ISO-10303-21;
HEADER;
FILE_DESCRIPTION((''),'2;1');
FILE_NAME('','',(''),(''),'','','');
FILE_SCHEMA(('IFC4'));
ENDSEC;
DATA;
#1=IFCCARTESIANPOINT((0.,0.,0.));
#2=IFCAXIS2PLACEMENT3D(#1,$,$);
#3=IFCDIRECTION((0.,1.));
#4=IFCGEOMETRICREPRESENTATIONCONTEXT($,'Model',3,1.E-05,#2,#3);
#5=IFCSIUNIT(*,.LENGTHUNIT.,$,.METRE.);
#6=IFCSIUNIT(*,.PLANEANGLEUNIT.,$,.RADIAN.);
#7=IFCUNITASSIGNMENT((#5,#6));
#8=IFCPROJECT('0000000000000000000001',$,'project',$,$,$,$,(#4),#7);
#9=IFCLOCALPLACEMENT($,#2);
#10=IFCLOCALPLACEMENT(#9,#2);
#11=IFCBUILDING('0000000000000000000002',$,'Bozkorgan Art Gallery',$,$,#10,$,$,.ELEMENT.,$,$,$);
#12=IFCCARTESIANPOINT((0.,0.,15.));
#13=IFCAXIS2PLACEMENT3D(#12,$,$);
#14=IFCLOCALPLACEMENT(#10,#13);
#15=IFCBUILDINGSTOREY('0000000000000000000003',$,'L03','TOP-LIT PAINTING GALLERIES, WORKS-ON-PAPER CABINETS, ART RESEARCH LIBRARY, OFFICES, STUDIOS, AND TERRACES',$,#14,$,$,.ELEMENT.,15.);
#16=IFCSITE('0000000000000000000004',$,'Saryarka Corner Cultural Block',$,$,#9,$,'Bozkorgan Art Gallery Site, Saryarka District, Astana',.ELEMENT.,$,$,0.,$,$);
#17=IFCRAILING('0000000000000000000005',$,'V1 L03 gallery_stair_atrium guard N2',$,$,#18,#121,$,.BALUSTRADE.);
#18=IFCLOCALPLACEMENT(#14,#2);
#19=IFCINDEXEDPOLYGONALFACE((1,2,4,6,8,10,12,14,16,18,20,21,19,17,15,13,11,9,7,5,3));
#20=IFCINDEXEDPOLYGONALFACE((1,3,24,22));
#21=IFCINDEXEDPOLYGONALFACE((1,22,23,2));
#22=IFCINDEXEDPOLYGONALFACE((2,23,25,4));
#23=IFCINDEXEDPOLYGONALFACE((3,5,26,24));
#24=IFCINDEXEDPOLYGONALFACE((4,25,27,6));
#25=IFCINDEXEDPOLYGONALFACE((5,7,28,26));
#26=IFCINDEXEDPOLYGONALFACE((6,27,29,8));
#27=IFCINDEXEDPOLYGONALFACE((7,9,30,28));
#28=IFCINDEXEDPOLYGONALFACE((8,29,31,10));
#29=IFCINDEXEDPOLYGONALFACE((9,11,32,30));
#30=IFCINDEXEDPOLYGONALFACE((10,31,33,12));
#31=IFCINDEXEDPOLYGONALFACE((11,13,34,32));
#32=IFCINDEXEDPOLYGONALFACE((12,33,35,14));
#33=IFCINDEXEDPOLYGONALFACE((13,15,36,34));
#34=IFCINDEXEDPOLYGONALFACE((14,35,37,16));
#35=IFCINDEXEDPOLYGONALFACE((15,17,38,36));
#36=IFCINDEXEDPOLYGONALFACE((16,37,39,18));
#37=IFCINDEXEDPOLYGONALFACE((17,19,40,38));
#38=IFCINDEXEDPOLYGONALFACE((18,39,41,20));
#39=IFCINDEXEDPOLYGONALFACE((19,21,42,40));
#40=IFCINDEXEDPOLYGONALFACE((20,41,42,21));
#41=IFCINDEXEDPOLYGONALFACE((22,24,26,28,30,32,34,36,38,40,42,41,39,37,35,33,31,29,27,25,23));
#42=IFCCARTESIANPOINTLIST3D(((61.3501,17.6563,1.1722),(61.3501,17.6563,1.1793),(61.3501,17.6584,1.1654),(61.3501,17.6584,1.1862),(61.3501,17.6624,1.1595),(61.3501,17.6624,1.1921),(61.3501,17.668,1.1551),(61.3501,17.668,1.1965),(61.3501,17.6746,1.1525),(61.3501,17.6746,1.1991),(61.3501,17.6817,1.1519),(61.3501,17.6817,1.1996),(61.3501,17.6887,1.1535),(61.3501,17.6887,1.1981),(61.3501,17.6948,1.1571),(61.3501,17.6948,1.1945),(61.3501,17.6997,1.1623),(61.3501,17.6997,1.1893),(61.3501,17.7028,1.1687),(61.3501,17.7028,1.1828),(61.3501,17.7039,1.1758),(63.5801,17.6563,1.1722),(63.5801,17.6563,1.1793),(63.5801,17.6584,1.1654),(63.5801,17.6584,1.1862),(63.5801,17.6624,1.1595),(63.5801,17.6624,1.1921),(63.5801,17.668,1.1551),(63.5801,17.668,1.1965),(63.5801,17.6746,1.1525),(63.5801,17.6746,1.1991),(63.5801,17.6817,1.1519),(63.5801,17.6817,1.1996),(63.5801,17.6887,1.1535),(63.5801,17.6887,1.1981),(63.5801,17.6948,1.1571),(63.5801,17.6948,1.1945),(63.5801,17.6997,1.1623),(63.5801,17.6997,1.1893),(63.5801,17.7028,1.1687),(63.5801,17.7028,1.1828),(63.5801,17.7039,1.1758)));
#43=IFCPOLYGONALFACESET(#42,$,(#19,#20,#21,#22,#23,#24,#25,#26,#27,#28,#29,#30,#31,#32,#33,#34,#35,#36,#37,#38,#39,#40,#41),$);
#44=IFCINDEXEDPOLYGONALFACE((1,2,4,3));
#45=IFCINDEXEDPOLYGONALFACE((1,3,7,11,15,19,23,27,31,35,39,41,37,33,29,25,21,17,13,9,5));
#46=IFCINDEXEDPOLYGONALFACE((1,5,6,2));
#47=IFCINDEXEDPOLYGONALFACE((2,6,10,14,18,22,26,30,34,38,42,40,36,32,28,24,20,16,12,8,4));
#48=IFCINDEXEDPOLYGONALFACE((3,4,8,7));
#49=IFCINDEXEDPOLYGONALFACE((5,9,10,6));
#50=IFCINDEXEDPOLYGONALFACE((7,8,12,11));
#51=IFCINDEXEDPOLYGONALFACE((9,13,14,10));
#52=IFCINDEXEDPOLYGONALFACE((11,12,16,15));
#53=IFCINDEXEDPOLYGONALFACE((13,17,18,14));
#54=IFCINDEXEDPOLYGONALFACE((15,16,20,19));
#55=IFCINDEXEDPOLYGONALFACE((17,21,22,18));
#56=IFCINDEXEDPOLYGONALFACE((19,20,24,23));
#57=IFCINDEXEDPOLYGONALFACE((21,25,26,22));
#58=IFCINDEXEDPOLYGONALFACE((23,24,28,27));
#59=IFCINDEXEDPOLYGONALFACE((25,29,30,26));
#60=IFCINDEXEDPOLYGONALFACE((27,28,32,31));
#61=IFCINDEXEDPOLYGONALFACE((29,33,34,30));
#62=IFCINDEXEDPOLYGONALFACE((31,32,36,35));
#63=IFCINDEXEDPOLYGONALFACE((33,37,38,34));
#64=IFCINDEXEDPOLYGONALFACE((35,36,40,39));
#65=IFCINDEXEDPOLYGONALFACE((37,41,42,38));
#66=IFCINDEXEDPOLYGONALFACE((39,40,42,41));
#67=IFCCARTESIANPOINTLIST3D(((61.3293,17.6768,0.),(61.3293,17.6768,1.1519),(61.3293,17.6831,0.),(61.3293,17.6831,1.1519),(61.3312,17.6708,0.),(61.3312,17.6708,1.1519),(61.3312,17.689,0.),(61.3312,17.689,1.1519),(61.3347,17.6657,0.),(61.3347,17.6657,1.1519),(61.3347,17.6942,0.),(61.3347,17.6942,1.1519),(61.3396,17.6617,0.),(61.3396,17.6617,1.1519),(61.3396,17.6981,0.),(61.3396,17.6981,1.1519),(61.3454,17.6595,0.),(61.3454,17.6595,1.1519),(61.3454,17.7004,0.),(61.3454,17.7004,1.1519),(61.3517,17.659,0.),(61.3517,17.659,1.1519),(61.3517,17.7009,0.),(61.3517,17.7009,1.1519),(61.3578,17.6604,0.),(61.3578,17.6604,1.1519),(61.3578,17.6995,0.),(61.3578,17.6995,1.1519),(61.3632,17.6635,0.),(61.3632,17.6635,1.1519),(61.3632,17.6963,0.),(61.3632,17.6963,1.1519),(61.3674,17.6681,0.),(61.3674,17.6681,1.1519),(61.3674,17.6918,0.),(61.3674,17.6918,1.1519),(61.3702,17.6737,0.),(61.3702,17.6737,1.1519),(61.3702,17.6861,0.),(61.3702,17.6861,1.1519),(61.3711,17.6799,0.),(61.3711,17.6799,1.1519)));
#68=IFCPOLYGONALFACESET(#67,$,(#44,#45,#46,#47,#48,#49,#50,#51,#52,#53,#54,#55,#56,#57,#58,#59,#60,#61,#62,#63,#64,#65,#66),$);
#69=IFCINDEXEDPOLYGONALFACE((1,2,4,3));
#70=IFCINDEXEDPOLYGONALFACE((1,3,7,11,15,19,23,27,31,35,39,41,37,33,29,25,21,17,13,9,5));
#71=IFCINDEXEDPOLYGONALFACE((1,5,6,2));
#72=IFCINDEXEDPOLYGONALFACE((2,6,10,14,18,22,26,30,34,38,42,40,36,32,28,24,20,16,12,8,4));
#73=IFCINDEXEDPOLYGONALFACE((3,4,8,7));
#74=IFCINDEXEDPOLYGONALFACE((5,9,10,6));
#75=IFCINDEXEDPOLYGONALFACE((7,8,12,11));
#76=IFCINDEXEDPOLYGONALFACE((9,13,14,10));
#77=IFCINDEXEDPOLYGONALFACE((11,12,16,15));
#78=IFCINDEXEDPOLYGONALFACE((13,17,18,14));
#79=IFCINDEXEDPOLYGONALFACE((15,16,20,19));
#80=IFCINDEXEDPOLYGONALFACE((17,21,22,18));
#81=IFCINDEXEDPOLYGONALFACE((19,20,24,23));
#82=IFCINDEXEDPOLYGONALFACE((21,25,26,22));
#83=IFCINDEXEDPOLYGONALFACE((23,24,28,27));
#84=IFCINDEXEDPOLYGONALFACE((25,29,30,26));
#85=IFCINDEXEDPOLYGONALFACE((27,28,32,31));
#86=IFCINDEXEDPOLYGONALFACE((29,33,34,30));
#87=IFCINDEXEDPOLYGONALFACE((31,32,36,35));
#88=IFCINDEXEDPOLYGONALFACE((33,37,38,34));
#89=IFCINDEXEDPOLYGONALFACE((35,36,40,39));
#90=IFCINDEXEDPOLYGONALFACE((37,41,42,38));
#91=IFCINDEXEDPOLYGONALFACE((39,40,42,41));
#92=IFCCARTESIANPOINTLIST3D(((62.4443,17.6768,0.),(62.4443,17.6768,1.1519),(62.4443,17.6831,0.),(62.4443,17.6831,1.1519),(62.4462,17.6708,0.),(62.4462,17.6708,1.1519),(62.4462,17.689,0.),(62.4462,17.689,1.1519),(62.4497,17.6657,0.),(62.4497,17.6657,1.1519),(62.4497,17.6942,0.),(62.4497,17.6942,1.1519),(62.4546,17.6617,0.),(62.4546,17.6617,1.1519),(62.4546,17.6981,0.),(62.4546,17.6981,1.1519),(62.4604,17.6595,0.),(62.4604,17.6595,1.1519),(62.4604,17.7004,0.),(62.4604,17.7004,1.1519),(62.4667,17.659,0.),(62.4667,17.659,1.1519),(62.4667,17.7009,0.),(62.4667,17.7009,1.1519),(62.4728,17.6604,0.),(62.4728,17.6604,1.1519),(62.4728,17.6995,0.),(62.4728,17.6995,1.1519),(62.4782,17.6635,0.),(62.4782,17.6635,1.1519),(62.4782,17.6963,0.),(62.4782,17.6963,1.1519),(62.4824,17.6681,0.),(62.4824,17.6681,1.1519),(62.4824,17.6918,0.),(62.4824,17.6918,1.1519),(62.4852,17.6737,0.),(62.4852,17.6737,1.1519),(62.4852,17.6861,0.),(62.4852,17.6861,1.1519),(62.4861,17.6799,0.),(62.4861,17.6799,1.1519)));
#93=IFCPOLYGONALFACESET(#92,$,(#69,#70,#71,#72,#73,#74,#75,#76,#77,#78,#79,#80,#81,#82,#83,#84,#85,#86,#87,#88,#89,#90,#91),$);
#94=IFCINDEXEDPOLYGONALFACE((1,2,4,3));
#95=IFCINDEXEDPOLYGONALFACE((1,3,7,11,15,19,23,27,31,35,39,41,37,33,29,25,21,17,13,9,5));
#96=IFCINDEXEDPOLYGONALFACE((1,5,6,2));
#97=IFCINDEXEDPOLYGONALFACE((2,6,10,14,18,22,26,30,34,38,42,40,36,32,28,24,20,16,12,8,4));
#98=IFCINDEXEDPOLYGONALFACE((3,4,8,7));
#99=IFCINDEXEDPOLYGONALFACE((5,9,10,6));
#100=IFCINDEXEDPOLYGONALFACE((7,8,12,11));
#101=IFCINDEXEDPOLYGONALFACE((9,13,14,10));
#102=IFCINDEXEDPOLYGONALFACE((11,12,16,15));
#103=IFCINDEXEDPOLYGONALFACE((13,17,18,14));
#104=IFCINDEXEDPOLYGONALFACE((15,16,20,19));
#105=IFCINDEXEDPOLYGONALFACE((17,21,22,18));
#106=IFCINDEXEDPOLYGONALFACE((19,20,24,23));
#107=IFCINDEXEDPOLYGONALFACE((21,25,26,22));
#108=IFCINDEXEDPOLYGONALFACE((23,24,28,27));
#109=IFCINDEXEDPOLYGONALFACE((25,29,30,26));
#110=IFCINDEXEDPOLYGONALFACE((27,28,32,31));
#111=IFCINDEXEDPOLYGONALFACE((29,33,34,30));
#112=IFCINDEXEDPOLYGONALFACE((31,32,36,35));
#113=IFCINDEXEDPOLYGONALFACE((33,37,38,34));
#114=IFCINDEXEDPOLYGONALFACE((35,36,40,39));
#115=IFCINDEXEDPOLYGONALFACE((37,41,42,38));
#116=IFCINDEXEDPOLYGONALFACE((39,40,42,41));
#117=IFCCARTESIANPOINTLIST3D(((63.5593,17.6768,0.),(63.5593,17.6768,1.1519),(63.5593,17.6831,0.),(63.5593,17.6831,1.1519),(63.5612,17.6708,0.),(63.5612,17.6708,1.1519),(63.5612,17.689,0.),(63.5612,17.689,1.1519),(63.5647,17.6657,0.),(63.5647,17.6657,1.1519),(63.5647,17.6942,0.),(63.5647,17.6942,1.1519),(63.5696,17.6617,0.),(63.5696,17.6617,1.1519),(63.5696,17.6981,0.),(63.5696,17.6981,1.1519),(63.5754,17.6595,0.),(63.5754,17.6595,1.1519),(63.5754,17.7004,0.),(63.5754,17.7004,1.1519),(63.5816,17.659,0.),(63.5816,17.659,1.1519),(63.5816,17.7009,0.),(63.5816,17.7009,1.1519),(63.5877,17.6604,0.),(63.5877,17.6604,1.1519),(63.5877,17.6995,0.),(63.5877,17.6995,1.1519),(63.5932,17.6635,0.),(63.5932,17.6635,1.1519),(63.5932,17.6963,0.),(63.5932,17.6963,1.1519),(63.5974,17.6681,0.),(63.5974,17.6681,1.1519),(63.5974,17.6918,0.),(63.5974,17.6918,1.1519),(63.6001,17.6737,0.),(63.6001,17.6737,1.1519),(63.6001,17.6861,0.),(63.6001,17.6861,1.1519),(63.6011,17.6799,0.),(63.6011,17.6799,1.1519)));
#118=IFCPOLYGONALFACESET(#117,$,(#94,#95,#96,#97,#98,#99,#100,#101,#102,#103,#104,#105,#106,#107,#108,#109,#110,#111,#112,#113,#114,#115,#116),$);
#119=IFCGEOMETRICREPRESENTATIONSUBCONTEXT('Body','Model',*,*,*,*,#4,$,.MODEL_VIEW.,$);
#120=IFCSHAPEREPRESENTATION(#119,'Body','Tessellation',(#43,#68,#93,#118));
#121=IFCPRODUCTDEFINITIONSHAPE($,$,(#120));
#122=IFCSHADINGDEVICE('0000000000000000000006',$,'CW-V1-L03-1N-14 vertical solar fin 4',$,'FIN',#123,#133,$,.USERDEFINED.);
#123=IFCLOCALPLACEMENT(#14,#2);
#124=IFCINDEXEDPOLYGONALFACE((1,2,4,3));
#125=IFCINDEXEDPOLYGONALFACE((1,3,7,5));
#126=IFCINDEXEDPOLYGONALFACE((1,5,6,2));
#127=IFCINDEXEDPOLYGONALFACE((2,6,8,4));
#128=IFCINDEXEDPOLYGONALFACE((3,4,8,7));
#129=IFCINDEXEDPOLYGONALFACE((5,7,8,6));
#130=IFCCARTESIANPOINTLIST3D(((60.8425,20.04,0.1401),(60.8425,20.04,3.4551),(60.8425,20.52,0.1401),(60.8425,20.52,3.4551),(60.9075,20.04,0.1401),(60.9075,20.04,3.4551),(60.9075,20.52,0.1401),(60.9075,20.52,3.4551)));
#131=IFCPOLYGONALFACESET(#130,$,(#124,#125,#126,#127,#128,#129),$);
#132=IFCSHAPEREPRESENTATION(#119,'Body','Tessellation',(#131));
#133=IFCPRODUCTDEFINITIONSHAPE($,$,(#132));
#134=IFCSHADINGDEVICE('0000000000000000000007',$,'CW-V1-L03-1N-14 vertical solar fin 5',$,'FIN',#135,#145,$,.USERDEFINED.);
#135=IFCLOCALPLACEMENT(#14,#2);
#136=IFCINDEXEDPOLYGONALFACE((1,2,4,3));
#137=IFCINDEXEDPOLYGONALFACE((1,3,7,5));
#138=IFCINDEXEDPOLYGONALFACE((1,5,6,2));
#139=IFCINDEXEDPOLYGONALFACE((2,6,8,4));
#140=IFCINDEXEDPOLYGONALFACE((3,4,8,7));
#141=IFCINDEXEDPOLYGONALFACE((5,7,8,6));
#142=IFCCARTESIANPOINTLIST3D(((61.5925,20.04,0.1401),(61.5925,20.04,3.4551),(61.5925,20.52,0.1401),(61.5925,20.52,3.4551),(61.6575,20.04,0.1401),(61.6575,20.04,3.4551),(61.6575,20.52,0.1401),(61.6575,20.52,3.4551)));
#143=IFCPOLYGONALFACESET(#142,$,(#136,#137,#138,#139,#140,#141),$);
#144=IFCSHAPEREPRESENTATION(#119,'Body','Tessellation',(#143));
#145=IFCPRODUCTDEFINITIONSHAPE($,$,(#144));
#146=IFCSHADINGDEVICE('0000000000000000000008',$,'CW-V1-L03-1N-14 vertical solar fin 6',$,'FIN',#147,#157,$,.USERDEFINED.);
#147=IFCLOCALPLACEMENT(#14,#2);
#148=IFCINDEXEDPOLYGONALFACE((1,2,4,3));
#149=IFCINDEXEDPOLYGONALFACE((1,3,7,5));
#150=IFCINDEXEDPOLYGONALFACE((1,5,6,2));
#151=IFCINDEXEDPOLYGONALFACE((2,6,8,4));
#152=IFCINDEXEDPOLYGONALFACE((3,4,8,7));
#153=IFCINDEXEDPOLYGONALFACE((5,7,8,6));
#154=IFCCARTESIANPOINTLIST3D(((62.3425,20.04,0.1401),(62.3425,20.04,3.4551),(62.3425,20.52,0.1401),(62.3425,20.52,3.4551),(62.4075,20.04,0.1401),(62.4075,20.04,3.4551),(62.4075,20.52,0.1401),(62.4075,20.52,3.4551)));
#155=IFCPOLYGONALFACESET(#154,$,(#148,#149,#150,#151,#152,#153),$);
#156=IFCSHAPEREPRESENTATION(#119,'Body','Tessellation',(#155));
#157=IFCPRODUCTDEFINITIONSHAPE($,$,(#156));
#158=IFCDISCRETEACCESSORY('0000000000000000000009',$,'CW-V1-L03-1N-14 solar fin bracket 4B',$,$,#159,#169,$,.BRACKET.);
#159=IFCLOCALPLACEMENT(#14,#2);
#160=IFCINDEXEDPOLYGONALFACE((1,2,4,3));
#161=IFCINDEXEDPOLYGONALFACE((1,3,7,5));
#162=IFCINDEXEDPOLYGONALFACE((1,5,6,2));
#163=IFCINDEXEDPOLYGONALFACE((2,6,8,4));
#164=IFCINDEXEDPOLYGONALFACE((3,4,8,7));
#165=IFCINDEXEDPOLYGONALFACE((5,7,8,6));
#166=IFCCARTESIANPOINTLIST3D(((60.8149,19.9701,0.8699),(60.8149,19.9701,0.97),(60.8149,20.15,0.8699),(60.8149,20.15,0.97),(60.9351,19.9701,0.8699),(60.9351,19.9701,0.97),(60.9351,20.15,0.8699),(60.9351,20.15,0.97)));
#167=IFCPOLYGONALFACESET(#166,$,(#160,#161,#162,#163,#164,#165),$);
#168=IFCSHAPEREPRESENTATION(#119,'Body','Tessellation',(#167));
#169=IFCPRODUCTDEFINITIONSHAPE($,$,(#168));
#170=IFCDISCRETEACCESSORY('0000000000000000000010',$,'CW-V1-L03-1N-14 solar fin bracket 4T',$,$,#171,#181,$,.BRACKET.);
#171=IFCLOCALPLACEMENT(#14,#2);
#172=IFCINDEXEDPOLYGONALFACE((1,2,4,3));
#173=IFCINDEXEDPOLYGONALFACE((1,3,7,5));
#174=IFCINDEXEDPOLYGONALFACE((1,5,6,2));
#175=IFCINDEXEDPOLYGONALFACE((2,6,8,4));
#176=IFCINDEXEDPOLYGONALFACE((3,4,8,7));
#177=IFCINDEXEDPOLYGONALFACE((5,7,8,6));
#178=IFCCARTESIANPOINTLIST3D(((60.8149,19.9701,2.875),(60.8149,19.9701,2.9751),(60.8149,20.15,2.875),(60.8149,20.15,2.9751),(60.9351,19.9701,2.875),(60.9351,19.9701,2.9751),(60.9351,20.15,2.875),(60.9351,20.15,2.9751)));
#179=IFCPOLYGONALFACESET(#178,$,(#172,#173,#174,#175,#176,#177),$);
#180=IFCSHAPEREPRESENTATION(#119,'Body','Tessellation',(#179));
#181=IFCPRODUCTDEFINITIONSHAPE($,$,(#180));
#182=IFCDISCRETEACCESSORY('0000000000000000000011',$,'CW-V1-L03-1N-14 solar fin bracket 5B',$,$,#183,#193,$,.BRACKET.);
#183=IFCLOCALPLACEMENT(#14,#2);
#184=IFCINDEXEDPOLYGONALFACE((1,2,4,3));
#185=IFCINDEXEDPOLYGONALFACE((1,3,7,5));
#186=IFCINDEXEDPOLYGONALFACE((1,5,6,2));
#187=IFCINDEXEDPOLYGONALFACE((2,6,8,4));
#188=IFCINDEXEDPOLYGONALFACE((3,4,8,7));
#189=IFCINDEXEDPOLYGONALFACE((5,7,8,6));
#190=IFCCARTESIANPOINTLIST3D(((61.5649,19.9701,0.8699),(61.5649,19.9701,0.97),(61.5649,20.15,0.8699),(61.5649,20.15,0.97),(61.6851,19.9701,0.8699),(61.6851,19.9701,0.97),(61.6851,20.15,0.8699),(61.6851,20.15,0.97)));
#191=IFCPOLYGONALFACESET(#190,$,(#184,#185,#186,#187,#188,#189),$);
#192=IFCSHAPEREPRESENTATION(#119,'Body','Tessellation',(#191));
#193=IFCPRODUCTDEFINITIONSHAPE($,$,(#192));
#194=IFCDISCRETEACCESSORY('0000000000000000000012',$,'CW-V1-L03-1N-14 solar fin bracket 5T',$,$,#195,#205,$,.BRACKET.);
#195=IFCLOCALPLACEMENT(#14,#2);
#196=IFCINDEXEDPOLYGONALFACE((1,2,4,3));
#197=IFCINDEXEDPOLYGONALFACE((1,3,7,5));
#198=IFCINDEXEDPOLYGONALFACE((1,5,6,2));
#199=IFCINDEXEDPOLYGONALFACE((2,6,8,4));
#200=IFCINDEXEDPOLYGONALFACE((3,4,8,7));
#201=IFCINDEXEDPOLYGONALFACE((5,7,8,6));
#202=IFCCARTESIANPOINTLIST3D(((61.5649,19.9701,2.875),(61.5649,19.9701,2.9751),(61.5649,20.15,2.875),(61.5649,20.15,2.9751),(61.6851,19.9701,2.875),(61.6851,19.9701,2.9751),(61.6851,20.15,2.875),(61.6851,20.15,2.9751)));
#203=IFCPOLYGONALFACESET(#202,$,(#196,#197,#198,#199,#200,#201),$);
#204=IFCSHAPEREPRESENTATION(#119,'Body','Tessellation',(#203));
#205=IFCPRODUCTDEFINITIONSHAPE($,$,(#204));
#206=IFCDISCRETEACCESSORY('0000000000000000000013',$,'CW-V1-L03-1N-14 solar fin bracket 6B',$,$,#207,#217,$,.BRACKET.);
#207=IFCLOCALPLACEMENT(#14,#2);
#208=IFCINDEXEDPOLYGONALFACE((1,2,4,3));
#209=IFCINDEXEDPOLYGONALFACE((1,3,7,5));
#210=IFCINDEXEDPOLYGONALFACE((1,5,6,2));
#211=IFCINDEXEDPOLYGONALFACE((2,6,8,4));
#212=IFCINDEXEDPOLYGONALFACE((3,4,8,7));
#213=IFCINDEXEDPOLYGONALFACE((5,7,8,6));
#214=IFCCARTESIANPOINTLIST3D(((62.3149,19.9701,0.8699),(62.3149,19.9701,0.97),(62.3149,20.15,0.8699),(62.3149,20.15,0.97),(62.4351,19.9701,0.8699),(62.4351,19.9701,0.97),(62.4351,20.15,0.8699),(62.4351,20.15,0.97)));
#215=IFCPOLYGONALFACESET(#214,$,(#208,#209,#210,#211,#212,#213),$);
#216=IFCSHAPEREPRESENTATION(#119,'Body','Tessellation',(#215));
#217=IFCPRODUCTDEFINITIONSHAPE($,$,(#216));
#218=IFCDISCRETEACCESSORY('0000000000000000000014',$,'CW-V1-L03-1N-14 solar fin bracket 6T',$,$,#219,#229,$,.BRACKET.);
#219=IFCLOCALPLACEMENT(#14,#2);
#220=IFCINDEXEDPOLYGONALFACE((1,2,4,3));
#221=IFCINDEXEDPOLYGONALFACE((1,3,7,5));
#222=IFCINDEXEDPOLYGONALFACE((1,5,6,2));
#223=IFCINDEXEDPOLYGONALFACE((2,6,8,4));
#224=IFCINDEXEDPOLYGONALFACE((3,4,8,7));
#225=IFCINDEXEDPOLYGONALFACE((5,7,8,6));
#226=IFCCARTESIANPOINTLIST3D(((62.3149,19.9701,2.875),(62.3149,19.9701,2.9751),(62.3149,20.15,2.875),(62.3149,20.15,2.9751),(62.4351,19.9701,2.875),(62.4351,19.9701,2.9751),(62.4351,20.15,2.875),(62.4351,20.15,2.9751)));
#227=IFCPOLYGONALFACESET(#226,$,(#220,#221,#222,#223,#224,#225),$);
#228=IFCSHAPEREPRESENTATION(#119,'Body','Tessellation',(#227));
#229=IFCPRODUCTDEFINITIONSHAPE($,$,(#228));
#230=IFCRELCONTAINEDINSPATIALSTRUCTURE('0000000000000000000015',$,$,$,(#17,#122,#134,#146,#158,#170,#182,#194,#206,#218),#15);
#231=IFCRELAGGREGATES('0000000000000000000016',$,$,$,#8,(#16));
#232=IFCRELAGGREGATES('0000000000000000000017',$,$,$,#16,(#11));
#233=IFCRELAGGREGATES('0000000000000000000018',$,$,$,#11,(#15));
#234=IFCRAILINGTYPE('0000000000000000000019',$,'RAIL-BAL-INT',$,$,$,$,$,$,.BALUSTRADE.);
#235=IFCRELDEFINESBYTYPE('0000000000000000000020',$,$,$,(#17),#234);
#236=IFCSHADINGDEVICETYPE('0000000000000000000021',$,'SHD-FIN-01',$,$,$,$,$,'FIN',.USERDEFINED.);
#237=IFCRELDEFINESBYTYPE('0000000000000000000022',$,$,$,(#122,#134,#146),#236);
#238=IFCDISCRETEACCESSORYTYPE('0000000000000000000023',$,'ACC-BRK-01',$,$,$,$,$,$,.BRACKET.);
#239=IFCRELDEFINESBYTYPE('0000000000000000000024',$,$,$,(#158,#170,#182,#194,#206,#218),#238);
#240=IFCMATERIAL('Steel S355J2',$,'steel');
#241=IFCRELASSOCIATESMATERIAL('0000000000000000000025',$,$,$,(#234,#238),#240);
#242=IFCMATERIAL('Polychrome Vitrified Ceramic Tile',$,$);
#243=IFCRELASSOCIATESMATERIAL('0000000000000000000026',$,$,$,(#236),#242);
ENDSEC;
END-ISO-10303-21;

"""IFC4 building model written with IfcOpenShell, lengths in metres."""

from ifc_helpers import new_model, si_unit, direction, frame, origin, origin_2d, place, context, subcontext, project, spatial, rectangle, circle, extrude, material, type_object, element, save


model = new_model("IFC4")

# Units and contexts
model_context = context("Model", 3, precision=1e-05, world=origin(), true_north=direction((0.0, 1.0)))
body_context = subcontext(model_context, "Body", "Model", "MODEL_VIEW")
ifc_project = project(units=[si_unit("LENGTHUNIT", "METRE"), si_unit("PLANEANGLEUNIT", "RADIAN")], contexts=[model_context])

# Site, building, storey
site_placement = place(None, origin())
site = spatial("IfcSite", under=ifc_project, at=site_placement, Name="Saryarka Corner Cultural Block", LongName="Bozkorgan Art Gallery Site, Saryarka District, Astana", CompositionType="ELEMENT", RefElevation=0.0)
building_placement = place(site_placement, origin())
building = spatial("IfcBuilding", under=site, at=building_placement, Name="Bozkorgan Art Gallery", CompositionType="ELEMENT")
storey_placement = place(building_placement, frame((0.0, 0.0, 15.0)))
storey = spatial("IfcBuildingStorey", under=building, at=storey_placement, Name="L03", Description="TOP-LIT PAINTING GALLERIES, WORKS-ON-PAPER CABINETS, ART RESEARCH LIBRARY, OFFICES, STUDIOS, AND TERRACES", CompositionType="ELEMENT", Elevation=15.0)

# Shared definitions
ifc_material_1 = material(Name="Steel S355J2", Category="steel")

# Railing
railing_type = type_object("IfcRailingType", Name="RAIL-BAL-INT", PredefinedType="BALUSTRADE", material=ifc_material_1)
railing_placement = place(storey_placement, frame((61.3501, 17.6799, 0.0)))
element("IfcRailing", 1, at=railing_placement, inside=storey, type_object=railing_type, Name="V1 L03 gallery_stair_atrium guard N2", PredefinedType="BALUSTRADE", context=body_context, shape_type="SweptSolid", body=[
    extrude(circle(Radius=0.0239, at=origin_2d()), frame((0.0, 0.0, 1.1758), z_axis=(1.0, 0.0, 0.0), x_axis=(0.0, 1.0, 0.0)), (0.0, 0.0, 1.0), 2.23),
    extrude(circle(Radius=0.021, at=origin_2d()), origin(), (0.0, 0.0, 1.0), 1.1519),
    extrude(circle(Radius=0.021, at=origin_2d()), frame((1.115, 0.0, 0.0)), (0.0, 0.0, 1.0), 1.1519),
    extrude(circle(Radius=0.021, at=origin_2d()), frame((2.23, 0.0, 0.0)), (0.0, 0.0, 1.0), 1.1519),
])

# Shading devices
ifc_material_2 = material(Name="Polychrome Vitrified Ceramic Tile")
shading_device_type = type_object("IfcShadingDeviceType", Name="SHD-FIN-01", ElementType="FIN", PredefinedType="USERDEFINED", material=ifc_material_2)
for number, where, z_axis, x_axis, name in (
    (2, (60.875, 20.28, 0.1401), (0.0, 0.0, 1.0), (0.0, 1.0, 0.0), "CW-V1-L03-1N-14 vertical solar fin 4"),
    (3, (61.625, 20.28, 0.1401), (0.0, 0.0, 1.0), (0.0, 1.0, 0.0), "CW-V1-L03-1N-14 vertical solar fin 5"),
    (4, (62.375, 20.28, 0.1401), (0.0, 0.0, 1.0), (0.0, 1.0, 0.0), "CW-V1-L03-1N-14 vertical solar fin 6"),
):
    element("IfcShadingDevice", number, at=place(storey_placement, frame(where, z_axis=z_axis, x_axis=x_axis)), inside=storey, type_object=shading_device_type, Name=name, ObjectType="FIN", PredefinedType="USERDEFINED", context=body_context, shape_type="SweptSolid", body=[
        extrude(rectangle(XDim=0.48, YDim=0.0649, at=origin_2d()), origin(), (0.0, 0.0, 1.0), 3.3149),
    ])

# Discrete accessories
discrete_accessory_type = type_object("IfcDiscreteAccessoryType", Name="ACC-BRK-01", PredefinedType="BRACKET", material=ifc_material_1)
for number, where, z_axis, x_axis, name in (
    (5, (60.875, 20.0601, 0.8699), (0.0, 0.0, 1.0), (0.0, 1.0, 0.0), "CW-V1-L03-1N-14 solar fin bracket 4B"),
    (6, (60.875, 20.0601, 2.875), (0.0, 0.0, 1.0), (0.0, 1.0, 0.0), "CW-V1-L03-1N-14 solar fin bracket 4T"),
    (7, (61.625, 20.0601, 0.8699), (0.0, 0.0, 1.0), (0.0, 1.0, 0.0), "CW-V1-L03-1N-14 solar fin bracket 5B"),
    (8, (61.625, 20.0601, 2.875), (0.0, 0.0, 1.0), (0.0, 1.0, 0.0), "CW-V1-L03-1N-14 solar fin bracket 5T"),
    (9, (62.375, 20.0601, 0.8699), (0.0, 0.0, 1.0), (0.0, 1.0, 0.0), "CW-V1-L03-1N-14 solar fin bracket 6B"),
    (10, (62.375, 20.0601, 2.875), (0.0, 0.0, 1.0), (0.0, 1.0, 0.0), "CW-V1-L03-1N-14 solar fin bracket 6T"),
):
    element("IfcDiscreteAccessory", number, at=place(storey_placement, frame(where, z_axis=z_axis, x_axis=x_axis)), inside=storey, type_object=discrete_accessory_type, Name=name, PredefinedType="BRACKET", context=body_context, shape_type="SweptSolid", body=[
        extrude(rectangle(XDim=0.1799, YDim=0.1201, at=origin_2d()), origin(), (0.0, 0.0, 1.0), 0.1001),
    ])

save(model, "model.ifc")
